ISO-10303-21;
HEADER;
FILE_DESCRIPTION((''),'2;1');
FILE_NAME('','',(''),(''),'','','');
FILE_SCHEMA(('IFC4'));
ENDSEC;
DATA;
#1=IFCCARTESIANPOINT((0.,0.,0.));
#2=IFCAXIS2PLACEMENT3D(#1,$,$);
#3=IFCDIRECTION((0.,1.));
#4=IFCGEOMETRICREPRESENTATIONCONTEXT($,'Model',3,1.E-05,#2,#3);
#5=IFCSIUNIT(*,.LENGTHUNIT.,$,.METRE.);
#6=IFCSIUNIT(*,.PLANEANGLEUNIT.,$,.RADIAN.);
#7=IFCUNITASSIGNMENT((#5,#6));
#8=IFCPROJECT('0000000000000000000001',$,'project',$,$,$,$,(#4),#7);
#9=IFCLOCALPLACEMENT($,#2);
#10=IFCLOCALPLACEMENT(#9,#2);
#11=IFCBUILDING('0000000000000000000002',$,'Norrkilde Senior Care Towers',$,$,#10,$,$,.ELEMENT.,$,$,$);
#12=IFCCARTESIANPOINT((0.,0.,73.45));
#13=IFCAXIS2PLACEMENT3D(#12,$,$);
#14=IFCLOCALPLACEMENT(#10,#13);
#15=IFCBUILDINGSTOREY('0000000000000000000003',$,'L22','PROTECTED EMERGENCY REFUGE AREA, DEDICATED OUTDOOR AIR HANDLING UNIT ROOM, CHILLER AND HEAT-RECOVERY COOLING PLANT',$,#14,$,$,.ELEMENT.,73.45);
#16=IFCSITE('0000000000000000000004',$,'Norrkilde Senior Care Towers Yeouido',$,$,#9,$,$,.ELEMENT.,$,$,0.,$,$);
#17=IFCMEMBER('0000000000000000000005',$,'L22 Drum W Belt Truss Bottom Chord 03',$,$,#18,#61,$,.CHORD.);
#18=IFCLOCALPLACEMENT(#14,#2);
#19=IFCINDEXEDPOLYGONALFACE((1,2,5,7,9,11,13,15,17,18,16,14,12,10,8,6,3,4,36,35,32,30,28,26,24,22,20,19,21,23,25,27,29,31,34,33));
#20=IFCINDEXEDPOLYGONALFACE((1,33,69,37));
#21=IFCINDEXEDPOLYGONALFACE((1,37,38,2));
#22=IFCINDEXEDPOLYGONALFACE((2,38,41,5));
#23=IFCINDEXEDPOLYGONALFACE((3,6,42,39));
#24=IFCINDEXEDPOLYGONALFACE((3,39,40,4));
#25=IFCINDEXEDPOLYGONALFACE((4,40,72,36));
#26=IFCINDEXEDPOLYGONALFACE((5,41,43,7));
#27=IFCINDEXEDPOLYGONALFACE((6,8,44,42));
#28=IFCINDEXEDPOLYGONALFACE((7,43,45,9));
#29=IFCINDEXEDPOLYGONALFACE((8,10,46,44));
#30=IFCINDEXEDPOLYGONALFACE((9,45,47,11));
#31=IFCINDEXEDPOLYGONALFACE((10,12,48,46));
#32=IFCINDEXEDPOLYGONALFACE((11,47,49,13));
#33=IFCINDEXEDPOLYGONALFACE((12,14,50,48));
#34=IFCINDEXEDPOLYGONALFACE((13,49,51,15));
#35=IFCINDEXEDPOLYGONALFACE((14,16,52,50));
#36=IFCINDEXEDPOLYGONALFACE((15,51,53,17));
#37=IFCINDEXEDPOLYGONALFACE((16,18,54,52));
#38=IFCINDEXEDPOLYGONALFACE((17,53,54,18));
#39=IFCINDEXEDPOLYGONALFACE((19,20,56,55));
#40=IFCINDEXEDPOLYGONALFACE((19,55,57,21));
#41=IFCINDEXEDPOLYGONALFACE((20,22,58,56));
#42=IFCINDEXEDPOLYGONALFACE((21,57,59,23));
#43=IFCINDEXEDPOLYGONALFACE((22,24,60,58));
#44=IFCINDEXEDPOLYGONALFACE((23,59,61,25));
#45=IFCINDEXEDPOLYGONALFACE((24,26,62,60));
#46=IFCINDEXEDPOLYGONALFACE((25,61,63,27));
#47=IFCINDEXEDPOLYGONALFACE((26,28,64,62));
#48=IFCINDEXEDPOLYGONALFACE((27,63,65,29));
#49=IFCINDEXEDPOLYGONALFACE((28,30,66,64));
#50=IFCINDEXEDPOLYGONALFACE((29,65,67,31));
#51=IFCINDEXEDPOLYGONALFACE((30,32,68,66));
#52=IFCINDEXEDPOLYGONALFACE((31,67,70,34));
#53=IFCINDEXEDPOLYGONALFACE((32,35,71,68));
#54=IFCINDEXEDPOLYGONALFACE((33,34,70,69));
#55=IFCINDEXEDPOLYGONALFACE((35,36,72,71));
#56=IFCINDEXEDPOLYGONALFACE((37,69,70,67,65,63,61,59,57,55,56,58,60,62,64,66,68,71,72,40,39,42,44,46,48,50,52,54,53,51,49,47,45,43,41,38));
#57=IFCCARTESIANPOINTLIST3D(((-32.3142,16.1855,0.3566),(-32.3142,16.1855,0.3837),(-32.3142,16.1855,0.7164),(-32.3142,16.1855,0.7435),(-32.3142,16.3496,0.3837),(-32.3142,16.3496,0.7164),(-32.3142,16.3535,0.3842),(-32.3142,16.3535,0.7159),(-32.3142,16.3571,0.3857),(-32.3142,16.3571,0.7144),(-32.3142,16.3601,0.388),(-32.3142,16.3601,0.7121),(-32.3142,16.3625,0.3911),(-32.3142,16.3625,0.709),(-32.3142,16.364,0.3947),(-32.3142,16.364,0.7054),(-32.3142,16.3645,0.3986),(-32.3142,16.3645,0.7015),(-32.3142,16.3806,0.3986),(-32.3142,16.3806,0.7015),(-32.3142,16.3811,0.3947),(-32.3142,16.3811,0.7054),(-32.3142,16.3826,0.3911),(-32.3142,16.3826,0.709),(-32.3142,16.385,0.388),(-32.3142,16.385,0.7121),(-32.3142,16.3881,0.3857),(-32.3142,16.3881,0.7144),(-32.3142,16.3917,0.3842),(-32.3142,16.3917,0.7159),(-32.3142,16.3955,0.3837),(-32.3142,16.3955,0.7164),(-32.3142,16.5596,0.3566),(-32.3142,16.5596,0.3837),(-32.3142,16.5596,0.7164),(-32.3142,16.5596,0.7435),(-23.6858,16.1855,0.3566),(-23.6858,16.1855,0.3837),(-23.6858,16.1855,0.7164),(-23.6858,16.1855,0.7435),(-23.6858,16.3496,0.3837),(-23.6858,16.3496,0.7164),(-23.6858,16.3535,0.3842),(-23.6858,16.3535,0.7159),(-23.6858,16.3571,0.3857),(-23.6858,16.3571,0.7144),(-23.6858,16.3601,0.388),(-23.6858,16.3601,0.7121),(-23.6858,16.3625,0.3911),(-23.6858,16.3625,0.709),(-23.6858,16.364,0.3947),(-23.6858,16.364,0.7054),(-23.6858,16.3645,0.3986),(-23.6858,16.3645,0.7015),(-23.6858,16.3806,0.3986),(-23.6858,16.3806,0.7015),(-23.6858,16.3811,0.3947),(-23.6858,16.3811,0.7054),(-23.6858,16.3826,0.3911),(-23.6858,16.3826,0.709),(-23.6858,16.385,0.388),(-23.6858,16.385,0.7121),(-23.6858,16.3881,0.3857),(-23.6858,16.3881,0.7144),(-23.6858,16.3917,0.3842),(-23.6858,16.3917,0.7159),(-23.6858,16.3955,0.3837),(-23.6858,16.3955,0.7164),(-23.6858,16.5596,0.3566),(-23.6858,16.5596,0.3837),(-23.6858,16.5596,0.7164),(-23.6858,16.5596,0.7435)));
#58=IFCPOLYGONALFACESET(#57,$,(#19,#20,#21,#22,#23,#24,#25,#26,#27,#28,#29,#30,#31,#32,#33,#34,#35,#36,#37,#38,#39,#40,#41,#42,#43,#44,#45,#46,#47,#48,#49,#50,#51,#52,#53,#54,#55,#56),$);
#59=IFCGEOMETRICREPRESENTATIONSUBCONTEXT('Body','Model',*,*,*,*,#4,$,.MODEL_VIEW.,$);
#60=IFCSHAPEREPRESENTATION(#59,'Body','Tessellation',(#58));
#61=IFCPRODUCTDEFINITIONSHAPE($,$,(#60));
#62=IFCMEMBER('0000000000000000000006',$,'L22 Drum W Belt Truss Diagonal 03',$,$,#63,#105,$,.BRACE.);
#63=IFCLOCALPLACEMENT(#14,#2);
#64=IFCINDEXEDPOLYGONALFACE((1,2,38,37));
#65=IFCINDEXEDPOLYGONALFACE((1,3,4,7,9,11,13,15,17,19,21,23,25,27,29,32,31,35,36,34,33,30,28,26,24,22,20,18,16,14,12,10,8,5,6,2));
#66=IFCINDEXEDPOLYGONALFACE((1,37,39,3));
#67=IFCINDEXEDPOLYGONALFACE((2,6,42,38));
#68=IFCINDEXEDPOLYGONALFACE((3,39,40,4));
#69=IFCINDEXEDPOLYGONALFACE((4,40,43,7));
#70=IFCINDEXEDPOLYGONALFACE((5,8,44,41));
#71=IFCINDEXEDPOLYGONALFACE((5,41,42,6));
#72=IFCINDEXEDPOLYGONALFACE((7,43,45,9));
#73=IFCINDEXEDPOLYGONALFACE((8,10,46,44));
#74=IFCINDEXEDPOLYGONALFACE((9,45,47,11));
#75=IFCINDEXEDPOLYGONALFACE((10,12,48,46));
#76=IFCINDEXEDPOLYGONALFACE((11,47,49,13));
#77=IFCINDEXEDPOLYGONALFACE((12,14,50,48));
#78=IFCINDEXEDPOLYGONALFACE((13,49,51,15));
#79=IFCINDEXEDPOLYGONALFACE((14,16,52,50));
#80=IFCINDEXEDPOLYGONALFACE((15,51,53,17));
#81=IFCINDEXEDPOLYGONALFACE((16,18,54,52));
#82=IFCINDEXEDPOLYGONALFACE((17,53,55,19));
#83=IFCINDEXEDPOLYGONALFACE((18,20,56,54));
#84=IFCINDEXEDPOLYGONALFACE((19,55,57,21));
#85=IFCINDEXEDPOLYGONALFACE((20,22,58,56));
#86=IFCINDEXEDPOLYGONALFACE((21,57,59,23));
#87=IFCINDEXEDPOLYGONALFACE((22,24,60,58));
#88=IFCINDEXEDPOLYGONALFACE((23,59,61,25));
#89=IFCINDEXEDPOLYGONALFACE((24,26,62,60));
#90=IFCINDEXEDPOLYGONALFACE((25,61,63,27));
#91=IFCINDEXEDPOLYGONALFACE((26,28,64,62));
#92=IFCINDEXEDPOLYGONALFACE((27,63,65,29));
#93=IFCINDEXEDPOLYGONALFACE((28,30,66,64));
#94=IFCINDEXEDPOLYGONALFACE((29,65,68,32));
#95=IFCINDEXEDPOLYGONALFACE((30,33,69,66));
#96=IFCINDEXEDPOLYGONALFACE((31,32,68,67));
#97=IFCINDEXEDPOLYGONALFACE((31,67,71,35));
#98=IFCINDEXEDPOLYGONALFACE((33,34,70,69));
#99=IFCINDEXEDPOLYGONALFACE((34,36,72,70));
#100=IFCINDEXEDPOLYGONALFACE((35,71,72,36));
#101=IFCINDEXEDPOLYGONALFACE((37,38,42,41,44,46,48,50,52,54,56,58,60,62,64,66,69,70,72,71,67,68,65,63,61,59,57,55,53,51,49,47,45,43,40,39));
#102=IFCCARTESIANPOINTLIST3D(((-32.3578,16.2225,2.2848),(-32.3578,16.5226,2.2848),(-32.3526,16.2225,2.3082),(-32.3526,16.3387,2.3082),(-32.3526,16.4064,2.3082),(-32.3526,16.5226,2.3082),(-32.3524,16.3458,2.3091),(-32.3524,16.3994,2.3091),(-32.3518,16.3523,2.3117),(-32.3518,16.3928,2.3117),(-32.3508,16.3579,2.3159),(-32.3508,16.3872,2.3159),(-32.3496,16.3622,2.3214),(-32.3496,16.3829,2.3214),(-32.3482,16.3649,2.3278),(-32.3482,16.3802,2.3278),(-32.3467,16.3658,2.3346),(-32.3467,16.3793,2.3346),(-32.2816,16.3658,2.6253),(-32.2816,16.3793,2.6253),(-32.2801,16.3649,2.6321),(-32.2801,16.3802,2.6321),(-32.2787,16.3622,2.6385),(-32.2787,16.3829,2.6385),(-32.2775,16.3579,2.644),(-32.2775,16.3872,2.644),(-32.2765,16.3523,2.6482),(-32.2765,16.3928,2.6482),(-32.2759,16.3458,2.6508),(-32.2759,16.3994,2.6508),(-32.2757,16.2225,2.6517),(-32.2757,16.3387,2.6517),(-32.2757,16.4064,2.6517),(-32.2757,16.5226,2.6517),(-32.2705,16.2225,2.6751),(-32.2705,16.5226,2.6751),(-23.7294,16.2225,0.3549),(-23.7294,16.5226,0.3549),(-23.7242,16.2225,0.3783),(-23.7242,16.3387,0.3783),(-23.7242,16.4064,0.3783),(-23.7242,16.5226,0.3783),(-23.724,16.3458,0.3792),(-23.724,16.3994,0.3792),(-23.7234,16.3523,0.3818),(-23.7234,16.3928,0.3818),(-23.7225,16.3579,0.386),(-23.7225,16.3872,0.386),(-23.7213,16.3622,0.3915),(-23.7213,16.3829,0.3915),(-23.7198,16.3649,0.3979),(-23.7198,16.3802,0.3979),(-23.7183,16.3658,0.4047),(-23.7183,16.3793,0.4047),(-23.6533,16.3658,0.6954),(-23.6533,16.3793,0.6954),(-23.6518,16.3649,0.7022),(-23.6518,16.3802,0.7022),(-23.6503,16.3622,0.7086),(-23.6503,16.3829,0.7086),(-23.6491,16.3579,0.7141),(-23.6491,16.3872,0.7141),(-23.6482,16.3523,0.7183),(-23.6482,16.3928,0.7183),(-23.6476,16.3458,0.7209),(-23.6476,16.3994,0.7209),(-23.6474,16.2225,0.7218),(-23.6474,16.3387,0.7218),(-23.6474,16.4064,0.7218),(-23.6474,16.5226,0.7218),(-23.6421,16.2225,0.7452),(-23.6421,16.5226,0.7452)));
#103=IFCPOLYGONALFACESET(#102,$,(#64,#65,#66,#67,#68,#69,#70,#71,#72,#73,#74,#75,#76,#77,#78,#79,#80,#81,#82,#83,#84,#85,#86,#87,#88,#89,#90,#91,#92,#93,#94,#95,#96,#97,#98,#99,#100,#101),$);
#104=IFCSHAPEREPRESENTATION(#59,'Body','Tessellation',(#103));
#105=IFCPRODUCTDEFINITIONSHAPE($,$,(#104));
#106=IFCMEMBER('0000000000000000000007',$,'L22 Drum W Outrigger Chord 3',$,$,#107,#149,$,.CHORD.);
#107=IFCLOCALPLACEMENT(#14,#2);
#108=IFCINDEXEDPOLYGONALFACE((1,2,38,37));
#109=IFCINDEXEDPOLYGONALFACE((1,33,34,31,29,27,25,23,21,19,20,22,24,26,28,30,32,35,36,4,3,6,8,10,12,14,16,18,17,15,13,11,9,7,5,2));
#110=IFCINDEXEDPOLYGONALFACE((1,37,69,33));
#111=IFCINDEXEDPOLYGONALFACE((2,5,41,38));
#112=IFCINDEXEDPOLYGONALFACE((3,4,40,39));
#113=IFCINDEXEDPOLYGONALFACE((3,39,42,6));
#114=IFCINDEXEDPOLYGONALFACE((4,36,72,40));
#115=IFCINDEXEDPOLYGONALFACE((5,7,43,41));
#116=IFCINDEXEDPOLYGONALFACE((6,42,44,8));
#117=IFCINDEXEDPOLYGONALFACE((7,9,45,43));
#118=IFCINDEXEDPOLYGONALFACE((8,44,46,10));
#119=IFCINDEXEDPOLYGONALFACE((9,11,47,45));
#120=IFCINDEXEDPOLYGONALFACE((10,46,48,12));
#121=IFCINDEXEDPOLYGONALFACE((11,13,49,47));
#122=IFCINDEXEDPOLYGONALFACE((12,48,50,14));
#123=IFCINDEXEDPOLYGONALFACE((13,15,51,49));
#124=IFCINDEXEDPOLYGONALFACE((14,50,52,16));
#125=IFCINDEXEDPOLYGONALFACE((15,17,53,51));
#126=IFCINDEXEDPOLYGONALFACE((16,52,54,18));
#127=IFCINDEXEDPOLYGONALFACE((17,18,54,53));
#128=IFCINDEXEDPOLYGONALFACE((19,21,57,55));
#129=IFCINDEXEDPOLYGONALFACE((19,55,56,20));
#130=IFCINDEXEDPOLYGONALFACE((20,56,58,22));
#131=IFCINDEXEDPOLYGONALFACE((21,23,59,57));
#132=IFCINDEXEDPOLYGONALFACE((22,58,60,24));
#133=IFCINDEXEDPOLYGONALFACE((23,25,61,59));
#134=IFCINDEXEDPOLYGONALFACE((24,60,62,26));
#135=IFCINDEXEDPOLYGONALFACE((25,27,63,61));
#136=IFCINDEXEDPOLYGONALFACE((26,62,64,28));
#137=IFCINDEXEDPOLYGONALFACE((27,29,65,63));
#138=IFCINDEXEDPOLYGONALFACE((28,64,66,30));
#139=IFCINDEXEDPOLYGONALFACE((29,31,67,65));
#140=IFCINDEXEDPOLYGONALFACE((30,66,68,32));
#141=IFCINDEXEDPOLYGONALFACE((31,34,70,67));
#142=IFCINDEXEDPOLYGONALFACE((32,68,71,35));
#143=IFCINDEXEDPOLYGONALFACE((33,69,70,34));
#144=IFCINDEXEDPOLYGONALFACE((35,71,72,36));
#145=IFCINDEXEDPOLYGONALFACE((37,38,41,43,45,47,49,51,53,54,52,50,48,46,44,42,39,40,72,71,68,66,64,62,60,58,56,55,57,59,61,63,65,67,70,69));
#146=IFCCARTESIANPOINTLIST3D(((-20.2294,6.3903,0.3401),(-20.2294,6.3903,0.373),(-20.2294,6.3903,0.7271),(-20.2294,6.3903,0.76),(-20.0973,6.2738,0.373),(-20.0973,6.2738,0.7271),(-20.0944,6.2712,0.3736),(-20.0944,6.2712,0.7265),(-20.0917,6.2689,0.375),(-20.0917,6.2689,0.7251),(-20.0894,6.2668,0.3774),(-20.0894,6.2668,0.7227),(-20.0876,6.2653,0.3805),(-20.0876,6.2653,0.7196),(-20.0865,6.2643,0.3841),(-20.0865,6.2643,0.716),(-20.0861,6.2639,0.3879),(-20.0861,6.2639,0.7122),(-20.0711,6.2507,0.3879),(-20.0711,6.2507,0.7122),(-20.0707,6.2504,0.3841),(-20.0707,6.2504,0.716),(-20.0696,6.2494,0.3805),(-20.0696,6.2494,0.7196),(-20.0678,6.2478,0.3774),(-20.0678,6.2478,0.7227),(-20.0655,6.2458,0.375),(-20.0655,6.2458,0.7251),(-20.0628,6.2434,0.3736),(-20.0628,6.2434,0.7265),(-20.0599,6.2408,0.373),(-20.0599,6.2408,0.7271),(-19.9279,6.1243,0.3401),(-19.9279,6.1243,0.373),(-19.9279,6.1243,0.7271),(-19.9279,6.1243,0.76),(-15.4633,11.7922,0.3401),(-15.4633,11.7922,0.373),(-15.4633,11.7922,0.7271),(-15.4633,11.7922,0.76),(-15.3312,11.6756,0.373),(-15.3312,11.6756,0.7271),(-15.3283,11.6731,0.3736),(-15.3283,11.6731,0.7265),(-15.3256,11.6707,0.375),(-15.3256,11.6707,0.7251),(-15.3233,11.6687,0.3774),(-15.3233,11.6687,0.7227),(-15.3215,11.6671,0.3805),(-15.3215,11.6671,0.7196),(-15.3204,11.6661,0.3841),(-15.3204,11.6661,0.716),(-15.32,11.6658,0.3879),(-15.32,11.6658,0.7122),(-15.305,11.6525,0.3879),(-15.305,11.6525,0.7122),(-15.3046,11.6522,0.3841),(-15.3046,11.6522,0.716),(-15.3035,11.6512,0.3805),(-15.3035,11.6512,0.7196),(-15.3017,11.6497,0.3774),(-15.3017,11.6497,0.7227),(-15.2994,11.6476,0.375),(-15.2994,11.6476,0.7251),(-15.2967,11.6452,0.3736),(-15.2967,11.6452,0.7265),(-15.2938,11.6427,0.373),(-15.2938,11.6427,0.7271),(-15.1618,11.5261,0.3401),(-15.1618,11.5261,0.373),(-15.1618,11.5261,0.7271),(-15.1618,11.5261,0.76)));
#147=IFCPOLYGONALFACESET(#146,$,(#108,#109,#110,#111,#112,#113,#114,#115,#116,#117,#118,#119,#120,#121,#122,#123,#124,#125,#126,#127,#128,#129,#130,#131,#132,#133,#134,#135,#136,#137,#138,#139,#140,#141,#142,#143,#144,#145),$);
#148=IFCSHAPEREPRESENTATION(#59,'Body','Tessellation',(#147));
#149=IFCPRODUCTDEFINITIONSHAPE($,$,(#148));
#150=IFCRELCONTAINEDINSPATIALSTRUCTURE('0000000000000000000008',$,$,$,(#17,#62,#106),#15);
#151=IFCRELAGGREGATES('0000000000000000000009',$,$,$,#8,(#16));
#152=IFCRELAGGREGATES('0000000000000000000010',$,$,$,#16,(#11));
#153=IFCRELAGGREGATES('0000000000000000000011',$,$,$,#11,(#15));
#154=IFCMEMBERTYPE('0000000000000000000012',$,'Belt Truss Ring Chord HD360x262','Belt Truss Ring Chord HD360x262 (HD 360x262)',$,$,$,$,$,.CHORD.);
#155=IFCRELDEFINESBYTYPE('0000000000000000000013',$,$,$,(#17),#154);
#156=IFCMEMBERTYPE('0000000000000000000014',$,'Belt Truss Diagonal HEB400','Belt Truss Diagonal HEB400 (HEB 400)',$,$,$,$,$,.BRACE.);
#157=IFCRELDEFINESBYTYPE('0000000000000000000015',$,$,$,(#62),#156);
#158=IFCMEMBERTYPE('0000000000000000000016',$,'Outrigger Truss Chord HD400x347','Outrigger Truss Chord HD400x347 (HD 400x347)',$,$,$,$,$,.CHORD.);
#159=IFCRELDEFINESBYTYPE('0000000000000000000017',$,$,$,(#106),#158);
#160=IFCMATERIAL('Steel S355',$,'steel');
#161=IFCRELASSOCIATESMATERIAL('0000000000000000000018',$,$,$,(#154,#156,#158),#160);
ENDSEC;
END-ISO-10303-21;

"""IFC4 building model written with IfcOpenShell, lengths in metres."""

from ifc_helpers import new_model, si_unit, direction, frame, origin, origin_2d, place, context, subcontext, project, spatial, i_section, extrude, source, transform, mapped, material, material_profile, profile_set, type_object, type_shapes, element, save


model = new_model("IFC4")

# Units and contexts
model_context = context("Model", 3, precision=1e-05, world=origin(), true_north=direction((0.0, 1.0)))
body_context = subcontext(model_context, "Body", "Model", "MODEL_VIEW")
ifc_project = project(units=[si_unit("LENGTHUNIT", "METRE"), si_unit("PLANEANGLEUNIT", "RADIAN")], contexts=[model_context])

# Site, building, storey
site_placement = place(None, origin())
site = spatial("IfcSite", under=ifc_project, at=site_placement, Name="Norrkilde Senior Care Towers Yeouido", CompositionType="ELEMENT", RefElevation=0.0)
building_placement = place(site_placement, origin())
building = spatial("IfcBuilding", under=site, at=building_placement, Name="Norrkilde Senior Care Towers", CompositionType="ELEMENT")
storey_placement = place(building_placement, frame((0.0, 0.0, 73.45)))
storey = spatial("IfcBuildingStorey", under=building, at=storey_placement, Name="L22", Description="PROTECTED EMERGENCY REFUGE AREA, DEDICATED OUTDOOR AIR HANDLING UNIT ROOM, CHILLER AND HEAT-RECOVERY COOLING PLANT", CompositionType="ELEMENT", Elevation=73.45)

# Members
ifc_material_1 = material(Name="Steel S355", Category="steel")
ifc_material_profile_1 = material_profile(ifc_material_1, i_section(OverallWidth=0.374, OverallDepth=0.387, WebThickness=0.0161, FlangeThickness=0.0271, FilletRadius=0.0149, at=origin_2d()), Name="HD 360x262")
ifc_profile_set_1 = profile_set([ifc_material_profile_1], Name="Steel S355")
member_type_1 = type_object("IfcMemberType", Name="Belt Truss Ring Chord HD360x262", Description="Belt Truss Ring Chord HD360x262 (HD 360x262)", PredefinedType="CHORD", material=ifc_profile_set_1)
shared_shape_1 = source(origin(), body_context, "Body", "SweptSolid", [
    extrude(i_section(OverallWidth=0.374, OverallDepth=0.387, WebThickness=0.0161, FlangeThickness=0.0271, FilletRadius=0.0149, at=origin_2d()), origin(), (0.0, 0.0, 1.0), 8.6284),
])
member_1_placement = place(storey_placement, frame((-23.6858, 16.3726, 0.55), z_axis=(-1.0, 0.0, 0.0), x_axis=(0.0, -1.0, 0.0)))
element("IfcMember", 1, at=member_1_placement, inside=storey, type_object=member_type_1, Name="L22 Drum W Belt Truss Bottom Chord 03", PredefinedType="CHORD", context=body_context, shape_type="MappedRepresentation", body=[
    mapped(shared_shape_1, transform((0.0, 0.0, 0.0), x_axis=(1.0, 0.0, 0.0), y_axis=(0.0, 1.0, 0.0), z_axis=(0.0, 0.0, 1.0), scale=1.0)),
])
ifc_material_profile_2 = material_profile(ifc_material_1, i_section(OverallWidth=0.3, OverallDepth=0.3999, WebThickness=0.0134, FlangeThickness=0.0239, FilletRadius=0.0271, at=origin_2d()), Name="HEB 400")
ifc_profile_set_2 = profile_set([ifc_material_profile_2], Name="Steel S355")
member_type_2 = type_object("IfcMemberType", Name="Belt Truss Diagonal HEB400", Description="Belt Truss Diagonal HEB400 (HEB 400)", PredefinedType="BRACE", material=ifc_profile_set_2)
shared_shape_2 = source(origin(), body_context, "Body", "SweptSolid", [
    extrude(i_section(OverallWidth=0.3, OverallDepth=0.3999, WebThickness=0.0134, FlangeThickness=0.0239, FilletRadius=0.0271, at=origin_2d()), origin(), (0.0, 0.0, 1.0), 8.8416),
])
type_shapes(member_type_2, [shared_shape_2])
member_2_placement = place(storey_placement, frame((-23.6858, 16.3726, 0.55), z_axis=(-0.975887, 0.0, 0.218278), x_axis=(0.0, -1.0, 0.0)))
element("IfcMember", 2, at=member_2_placement, inside=storey, type_object=member_type_2, Name="L22 Drum W Belt Truss Diagonal 03", PredefinedType="BRACE", context=body_context, shape_type="MappedRepresentation", body=[
    mapped(shared_shape_2, transform((0.0, 0.0, 0.0), x_axis=(1.0, 0.0, 0.0), y_axis=(0.0, 1.0, 0.0), z_axis=(0.0, 0.0, 1.0), scale=1.0)),
])
ifc_material_profile_3 = material_profile(ifc_material_1, i_section(OverallWidth=0.4021, OverallDepth=0.4199, WebThickness=0.02, FlangeThickness=0.033, FilletRadius=0.0149, at=origin_2d()), Name="HD 400x347")
ifc_profile_set_3 = profile_set([ifc_material_profile_3], Name="Steel S355")
member_type_3 = type_object("IfcMemberType", Name="Outrigger Truss Chord HD400x347", Description="Outrigger Truss Chord HD400x347 (HD 400x347)", PredefinedType="CHORD", material=ifc_profile_set_3)
shared_shape_3 = source(origin(), body_context, "Body", "SweptSolid", [
    extrude(i_section(OverallWidth=0.4021, OverallDepth=0.4199, WebThickness=0.02, FlangeThickness=0.033, FilletRadius=0.0149, at=origin_2d()), origin(), (0.0, 0.0, 1.0), 7.2039),
])
type_shapes(member_type_3, [shared_shape_3])
member_3_placement = place(storey_placement, frame((-20.0786, 6.2573, 0.55), z_axis=(0.661604, 0.749854, 0.0), x_axis=(-0.749854, 0.661604, 0.0)))
element("IfcMember", 3, at=member_3_placement, inside=storey, type_object=member_type_3, Name="L22 Drum W Outrigger Chord 3", PredefinedType="CHORD", context=body_context, shape_type="MappedRepresentation", body=[
    mapped(shared_shape_3, transform((0.0, 0.0, 0.0), x_axis=(1.0, 0.0, 0.0), y_axis=(0.0, 1.0, 0.0), z_axis=(0.0, 0.0, 1.0), scale=1.0)),
])

save(model, "model.ifc")
